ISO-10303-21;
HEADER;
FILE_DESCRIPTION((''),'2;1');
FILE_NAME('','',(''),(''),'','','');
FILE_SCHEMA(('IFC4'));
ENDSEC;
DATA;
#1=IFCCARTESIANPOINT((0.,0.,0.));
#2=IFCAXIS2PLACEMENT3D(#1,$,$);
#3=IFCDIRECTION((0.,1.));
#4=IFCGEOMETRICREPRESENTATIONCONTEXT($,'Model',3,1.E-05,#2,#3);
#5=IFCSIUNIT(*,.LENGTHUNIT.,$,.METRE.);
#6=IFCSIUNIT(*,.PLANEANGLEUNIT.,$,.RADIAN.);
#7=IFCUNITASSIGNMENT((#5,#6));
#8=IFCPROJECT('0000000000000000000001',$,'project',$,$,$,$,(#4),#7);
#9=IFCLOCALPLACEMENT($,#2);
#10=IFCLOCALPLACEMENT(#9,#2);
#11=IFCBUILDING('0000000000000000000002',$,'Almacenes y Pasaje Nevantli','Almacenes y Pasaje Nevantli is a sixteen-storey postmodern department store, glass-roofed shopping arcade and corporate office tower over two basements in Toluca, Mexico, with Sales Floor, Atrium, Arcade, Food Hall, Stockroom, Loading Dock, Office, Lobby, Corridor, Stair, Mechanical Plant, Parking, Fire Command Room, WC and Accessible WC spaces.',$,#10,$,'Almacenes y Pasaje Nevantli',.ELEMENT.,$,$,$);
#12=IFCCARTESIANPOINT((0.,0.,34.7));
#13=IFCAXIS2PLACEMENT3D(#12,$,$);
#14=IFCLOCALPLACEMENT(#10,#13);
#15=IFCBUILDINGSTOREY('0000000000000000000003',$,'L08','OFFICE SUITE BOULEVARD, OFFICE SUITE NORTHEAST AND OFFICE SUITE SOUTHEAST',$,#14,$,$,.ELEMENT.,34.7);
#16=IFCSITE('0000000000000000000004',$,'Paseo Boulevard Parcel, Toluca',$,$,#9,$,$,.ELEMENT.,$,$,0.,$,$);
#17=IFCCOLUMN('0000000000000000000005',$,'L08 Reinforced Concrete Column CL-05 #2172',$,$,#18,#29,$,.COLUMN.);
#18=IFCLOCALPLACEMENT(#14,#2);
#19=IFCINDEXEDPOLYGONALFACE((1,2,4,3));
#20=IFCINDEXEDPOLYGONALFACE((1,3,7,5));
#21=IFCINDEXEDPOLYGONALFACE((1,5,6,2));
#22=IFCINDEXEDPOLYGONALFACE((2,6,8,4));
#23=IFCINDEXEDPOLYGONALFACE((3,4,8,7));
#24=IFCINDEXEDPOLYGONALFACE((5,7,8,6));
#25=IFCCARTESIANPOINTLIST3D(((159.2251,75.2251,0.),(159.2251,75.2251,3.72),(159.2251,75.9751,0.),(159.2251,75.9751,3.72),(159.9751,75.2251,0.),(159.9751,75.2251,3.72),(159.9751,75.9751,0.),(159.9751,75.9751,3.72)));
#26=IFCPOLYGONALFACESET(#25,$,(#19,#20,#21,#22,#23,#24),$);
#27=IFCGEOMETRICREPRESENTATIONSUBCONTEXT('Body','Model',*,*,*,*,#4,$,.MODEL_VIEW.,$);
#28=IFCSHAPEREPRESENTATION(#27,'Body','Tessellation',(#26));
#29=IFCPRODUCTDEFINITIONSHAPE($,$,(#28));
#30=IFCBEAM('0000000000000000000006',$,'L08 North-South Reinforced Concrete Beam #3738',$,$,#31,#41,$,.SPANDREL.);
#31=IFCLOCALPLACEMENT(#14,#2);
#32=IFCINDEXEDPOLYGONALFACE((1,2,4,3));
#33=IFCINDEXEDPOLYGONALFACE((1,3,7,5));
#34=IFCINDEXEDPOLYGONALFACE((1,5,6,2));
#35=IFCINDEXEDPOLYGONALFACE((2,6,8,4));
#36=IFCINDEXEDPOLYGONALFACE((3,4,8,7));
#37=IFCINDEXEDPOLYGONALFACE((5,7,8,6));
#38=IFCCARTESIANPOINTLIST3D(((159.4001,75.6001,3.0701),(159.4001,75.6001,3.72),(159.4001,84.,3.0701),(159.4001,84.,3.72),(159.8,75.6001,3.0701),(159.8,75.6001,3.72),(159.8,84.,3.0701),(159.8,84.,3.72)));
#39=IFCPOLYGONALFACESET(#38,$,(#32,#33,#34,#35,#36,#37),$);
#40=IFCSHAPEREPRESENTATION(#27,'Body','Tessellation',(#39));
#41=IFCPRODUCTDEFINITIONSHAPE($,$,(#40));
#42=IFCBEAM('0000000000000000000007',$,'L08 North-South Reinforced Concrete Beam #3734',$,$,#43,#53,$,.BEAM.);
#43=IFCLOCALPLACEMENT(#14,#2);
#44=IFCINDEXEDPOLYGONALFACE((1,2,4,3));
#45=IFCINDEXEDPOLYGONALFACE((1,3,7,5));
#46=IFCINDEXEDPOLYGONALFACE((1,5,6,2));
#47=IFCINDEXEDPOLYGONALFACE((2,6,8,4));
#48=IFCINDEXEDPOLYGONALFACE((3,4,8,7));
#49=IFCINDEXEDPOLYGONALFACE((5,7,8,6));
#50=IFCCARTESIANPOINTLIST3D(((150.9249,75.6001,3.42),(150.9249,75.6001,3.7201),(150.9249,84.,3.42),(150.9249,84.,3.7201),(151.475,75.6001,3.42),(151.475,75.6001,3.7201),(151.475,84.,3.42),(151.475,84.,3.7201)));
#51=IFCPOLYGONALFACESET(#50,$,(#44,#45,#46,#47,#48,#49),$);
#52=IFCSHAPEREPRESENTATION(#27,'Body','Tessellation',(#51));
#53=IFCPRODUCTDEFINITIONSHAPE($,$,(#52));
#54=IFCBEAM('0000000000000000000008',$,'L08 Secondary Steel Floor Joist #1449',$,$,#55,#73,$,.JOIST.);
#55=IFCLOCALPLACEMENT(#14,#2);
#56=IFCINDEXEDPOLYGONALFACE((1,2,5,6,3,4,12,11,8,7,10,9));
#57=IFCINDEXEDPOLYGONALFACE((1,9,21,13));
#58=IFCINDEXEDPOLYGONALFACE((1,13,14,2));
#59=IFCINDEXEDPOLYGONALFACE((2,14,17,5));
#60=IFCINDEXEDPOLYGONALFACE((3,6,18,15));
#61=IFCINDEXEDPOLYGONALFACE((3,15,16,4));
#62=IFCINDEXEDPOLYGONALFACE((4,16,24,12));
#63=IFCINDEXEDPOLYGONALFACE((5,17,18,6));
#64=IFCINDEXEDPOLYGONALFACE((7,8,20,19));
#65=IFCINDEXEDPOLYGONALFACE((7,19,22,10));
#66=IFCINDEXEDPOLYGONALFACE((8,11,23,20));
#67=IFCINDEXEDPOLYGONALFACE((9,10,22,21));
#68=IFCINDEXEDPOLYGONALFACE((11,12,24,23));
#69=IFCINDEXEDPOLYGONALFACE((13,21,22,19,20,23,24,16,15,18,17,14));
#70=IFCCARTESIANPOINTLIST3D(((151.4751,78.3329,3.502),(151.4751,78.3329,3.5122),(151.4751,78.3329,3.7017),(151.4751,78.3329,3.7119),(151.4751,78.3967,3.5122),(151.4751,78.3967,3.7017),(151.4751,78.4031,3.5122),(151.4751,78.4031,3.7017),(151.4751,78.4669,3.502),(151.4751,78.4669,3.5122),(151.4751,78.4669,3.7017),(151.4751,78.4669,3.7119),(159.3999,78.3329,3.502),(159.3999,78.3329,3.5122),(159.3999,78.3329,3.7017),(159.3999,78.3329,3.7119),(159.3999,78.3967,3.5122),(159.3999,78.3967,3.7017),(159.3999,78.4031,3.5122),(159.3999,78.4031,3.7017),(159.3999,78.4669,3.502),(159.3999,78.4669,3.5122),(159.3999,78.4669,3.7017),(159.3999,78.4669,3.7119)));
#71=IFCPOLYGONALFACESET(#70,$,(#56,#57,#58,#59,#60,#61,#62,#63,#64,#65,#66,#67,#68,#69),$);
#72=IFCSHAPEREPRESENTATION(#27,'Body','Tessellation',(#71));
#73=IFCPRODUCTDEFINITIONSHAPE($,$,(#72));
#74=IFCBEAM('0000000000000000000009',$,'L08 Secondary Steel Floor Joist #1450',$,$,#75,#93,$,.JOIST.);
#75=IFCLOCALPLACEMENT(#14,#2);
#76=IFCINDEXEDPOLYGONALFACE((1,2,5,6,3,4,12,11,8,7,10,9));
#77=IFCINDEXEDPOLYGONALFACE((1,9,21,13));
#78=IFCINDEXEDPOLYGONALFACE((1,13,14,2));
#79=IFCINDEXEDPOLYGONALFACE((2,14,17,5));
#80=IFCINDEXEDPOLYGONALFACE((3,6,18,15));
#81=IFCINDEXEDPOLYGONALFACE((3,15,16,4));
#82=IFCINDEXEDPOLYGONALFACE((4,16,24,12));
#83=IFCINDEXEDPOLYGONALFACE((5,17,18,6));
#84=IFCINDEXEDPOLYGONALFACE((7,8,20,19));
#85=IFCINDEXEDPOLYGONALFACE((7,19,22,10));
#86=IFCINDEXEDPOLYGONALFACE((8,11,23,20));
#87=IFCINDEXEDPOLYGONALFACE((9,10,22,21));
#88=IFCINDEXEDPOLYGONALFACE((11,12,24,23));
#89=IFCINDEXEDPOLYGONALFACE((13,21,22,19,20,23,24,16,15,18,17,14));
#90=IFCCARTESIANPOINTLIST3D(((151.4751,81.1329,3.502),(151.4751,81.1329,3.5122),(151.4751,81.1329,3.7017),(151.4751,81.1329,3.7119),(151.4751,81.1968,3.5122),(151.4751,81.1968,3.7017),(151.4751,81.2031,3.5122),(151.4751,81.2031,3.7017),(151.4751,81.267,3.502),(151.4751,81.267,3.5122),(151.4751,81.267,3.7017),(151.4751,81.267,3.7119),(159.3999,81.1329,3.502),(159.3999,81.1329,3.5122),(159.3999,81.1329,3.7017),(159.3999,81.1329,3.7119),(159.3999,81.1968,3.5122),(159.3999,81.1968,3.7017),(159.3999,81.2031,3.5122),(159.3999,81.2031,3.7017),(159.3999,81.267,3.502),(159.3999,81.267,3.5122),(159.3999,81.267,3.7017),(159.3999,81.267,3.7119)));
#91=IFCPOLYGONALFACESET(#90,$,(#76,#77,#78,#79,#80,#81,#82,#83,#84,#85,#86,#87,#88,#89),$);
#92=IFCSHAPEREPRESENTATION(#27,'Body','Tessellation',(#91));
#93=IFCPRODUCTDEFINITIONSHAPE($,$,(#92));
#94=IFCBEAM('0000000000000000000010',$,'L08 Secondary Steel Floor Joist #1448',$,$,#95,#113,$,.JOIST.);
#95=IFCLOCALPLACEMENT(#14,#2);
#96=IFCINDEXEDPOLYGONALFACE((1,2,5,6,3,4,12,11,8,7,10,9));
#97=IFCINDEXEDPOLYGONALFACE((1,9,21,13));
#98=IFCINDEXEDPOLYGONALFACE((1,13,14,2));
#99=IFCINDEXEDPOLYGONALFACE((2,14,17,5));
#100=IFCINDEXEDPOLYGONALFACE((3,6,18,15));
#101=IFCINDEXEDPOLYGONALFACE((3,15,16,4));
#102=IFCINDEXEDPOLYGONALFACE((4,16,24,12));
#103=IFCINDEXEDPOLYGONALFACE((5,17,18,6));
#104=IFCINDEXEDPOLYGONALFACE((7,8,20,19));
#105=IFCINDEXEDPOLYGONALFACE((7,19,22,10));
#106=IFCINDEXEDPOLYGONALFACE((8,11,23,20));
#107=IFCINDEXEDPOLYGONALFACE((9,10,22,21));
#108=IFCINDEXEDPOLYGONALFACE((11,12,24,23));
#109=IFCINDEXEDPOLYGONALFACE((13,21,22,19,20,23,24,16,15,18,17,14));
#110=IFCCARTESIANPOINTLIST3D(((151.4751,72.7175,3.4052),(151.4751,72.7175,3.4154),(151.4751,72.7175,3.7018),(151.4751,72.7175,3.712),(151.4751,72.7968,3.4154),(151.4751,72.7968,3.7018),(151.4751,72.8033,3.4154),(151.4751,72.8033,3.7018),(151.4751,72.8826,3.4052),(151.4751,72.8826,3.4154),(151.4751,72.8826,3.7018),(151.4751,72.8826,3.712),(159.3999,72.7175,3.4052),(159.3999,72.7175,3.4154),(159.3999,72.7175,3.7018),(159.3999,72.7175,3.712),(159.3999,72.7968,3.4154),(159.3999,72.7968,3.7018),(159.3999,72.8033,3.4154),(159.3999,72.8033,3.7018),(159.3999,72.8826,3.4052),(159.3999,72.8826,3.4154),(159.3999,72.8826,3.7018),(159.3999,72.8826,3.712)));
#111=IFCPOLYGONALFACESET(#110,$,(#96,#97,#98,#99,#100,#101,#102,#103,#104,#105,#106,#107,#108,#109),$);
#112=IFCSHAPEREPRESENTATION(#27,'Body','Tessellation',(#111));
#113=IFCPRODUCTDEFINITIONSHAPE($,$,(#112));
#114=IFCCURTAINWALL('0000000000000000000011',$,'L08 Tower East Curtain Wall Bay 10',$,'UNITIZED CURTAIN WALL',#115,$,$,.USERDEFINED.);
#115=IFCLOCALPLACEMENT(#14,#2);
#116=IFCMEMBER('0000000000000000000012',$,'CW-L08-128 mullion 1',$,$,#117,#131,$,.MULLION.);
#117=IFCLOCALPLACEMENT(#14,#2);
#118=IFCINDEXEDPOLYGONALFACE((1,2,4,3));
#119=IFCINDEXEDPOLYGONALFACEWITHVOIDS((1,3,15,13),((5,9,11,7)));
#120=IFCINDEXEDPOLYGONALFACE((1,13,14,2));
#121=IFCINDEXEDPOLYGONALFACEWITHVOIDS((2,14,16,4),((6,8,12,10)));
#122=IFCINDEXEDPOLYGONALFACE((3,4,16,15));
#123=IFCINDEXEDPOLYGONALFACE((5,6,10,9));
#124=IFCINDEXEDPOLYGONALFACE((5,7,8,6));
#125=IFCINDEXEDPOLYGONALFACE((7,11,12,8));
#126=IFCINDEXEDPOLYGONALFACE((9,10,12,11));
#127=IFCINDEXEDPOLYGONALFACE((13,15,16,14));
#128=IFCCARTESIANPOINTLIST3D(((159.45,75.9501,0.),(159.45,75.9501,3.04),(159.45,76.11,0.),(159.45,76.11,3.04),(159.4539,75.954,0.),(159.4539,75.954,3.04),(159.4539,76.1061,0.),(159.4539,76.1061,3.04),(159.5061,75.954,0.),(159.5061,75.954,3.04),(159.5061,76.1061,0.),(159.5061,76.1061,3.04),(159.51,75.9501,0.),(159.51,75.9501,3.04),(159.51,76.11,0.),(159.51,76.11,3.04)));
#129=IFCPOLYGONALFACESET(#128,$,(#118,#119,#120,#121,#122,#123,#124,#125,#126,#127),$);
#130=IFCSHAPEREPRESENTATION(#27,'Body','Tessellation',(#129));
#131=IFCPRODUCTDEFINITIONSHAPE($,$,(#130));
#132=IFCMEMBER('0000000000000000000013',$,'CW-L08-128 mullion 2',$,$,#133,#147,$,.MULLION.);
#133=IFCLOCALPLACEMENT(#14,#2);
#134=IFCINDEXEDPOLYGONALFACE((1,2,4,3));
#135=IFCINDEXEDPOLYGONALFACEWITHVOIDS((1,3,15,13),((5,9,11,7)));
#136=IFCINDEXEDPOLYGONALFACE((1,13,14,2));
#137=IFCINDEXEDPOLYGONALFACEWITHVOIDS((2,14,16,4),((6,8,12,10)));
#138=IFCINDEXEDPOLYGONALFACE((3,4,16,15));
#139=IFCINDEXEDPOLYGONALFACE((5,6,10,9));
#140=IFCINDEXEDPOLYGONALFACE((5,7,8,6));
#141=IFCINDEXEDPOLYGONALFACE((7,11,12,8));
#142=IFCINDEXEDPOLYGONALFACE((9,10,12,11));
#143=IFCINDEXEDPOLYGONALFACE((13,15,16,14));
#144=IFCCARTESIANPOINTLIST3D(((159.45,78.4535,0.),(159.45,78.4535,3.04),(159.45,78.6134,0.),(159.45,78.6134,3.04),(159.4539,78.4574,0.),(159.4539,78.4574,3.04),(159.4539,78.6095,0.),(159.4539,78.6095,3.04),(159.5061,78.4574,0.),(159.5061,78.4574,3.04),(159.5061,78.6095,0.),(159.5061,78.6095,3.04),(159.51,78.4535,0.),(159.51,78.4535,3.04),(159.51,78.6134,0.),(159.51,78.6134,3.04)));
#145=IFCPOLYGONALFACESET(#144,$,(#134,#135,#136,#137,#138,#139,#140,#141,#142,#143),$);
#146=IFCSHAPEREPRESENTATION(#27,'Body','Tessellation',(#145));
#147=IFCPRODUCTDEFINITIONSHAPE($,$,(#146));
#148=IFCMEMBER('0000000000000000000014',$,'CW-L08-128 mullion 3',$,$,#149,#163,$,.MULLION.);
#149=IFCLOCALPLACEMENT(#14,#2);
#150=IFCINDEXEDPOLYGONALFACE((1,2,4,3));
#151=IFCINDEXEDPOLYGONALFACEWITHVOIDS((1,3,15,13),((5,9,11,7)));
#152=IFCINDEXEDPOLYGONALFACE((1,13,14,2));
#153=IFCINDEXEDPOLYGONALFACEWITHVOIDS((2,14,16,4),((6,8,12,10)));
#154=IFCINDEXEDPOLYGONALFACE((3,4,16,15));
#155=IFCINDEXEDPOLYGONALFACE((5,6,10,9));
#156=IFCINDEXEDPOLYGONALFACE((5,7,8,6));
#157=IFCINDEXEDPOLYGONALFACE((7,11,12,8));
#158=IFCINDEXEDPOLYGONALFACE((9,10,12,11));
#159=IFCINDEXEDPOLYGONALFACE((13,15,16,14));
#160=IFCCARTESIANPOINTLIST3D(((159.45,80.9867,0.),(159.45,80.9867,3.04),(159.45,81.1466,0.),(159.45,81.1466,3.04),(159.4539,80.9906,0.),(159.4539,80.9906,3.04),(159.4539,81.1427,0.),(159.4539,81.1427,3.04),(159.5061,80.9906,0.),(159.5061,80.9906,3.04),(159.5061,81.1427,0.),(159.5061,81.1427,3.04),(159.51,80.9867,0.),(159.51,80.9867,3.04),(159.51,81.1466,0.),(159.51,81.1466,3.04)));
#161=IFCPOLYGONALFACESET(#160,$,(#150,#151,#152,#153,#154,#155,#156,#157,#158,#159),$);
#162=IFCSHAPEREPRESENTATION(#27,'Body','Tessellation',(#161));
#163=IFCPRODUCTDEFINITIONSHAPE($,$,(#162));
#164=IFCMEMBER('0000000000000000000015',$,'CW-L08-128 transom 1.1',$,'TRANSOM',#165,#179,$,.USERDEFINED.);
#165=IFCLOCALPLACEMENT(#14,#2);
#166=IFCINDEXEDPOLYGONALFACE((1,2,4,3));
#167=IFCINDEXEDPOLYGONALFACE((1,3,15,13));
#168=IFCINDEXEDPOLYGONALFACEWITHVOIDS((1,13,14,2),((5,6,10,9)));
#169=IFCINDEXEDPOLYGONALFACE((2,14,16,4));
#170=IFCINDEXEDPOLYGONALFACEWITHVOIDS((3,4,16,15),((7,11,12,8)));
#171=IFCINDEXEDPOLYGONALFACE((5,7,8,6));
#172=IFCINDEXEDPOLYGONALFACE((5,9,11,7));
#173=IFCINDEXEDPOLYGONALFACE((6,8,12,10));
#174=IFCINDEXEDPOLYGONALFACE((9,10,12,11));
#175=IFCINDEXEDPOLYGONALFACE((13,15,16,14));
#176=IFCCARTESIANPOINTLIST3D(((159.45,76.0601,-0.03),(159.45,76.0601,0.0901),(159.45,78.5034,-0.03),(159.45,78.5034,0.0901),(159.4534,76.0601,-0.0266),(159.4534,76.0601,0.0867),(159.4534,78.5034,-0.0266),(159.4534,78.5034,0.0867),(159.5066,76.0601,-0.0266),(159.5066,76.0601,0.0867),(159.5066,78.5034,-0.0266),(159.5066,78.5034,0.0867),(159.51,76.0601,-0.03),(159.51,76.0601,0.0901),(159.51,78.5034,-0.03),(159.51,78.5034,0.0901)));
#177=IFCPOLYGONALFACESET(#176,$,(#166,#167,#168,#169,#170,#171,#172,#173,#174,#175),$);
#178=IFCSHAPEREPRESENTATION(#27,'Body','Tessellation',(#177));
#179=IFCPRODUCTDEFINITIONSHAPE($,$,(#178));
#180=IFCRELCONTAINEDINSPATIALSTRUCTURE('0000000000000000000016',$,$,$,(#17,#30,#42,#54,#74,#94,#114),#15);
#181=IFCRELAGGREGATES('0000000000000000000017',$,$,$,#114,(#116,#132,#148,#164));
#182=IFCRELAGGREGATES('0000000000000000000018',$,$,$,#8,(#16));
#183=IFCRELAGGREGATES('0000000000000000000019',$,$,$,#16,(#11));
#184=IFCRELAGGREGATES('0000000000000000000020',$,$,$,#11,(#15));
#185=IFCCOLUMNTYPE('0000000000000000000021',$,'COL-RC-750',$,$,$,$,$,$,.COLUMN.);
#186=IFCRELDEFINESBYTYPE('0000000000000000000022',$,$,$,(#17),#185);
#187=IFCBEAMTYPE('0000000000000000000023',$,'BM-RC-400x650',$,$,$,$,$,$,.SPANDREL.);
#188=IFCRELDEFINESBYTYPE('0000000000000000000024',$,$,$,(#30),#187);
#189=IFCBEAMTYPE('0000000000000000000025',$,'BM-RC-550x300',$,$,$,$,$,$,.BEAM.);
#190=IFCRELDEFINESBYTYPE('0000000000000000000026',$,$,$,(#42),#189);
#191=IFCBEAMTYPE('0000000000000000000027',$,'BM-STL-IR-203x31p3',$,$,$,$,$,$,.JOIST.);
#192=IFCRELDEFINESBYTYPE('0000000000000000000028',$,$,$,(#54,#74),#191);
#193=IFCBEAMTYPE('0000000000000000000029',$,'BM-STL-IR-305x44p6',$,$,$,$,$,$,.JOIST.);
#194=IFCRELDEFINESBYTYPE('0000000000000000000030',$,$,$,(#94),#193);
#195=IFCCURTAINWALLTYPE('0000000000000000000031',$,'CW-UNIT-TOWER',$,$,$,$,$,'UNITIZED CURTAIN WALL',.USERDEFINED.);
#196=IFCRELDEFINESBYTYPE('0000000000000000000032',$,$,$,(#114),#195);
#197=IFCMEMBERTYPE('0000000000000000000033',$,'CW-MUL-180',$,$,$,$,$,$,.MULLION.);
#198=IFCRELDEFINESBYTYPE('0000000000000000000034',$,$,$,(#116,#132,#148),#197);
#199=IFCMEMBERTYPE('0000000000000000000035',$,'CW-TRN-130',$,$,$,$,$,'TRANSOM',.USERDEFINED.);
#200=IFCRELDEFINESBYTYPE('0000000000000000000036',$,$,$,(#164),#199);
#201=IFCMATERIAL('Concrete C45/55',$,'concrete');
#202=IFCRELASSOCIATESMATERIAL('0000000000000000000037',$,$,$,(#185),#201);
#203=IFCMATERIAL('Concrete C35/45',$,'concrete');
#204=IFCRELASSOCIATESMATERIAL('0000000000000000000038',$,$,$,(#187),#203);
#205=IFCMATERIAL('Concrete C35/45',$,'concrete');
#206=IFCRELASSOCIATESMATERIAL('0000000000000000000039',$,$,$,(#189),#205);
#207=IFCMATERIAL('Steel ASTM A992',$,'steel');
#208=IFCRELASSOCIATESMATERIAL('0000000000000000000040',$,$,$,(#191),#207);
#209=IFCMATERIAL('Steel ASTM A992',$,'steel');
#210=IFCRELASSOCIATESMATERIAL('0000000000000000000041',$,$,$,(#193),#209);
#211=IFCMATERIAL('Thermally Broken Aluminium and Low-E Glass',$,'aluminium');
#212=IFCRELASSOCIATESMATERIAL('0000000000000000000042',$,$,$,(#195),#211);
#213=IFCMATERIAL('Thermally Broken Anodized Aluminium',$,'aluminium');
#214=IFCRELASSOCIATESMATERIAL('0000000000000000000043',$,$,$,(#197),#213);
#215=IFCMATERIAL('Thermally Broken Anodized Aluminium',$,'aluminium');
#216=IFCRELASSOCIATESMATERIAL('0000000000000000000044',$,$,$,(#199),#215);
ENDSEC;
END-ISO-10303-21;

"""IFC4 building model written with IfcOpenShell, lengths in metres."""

from ifc_helpers import new_model, si_unit, direction, frame, origin, origin_2d, place, context, subcontext, project, spatial, rectangle, hollow_rectangle, i_section, extrude, material, material_profile, profile_set, type_object, element, aggregate, save


model = new_model("IFC4")

# Units and contexts
model_context = context("Model", 3, precision=1e-05, world=origin(), true_north=direction((0.0, 1.0)))
body_context = subcontext(model_context, "Body", "Model", "MODEL_VIEW")
ifc_project = project(units=[si_unit("LENGTHUNIT", "METRE"), si_unit("PLANEANGLEUNIT", "RADIAN")], contexts=[model_context])

# Site, building, storey
site_placement = place(None, origin())
site = spatial("IfcSite", under=ifc_project, at=site_placement, Name="Paseo Boulevard Parcel, Toluca", CompositionType="ELEMENT", RefElevation=0.0)
building_placement = place(site_placement, origin())
building = spatial("IfcBuilding", under=site, at=building_placement, Name="Almacenes y Pasaje Nevantli", Description="Almacenes y Pasaje Nevantli is a sixteen-storey postmodern department store, glass-roofed shopping arcade and corporate office tower over two basements in Toluca, Mexico, with Sales Floor, Atrium, Arcade, Food Hall, Stockroom, Loading Dock, Office, Lobby, Corridor, Stair, Mechanical Plant, Parking, Fire Command Room, WC and Accessible WC spaces.", LongName="Almacenes y Pasaje Nevantli", CompositionType="ELEMENT")
storey_placement = place(building_placement, frame((0.0, 0.0, 34.7)))
storey = spatial("IfcBuildingStorey", under=building, at=storey_placement, Name="L08", Description="OFFICE SUITE BOULEVARD, OFFICE SUITE NORTHEAST AND OFFICE SUITE SOUTHEAST", CompositionType="ELEMENT", Elevation=34.7)

# Column
ifc_material_1 = material(Name="Concrete C45/55", Category="concrete")
ifc_material_profile_1 = material_profile(ifc_material_1, rectangle(XDim=0.75, YDim=0.75, at=origin_2d()), Name="RC-COL-750x750")
ifc_profile_set_1 = profile_set([ifc_material_profile_1], Name="Concrete C45/55")
column_type = type_object("IfcColumnType", Name="COL-RC-750", PredefinedType="COLUMN", material=ifc_profile_set_1)
column_placement = place(storey_placement, frame((159.6001, 75.6001, 0.0), z_axis=(0.0, 0.0, 1.0), x_axis=(1.0, 0.0, 0.0)))
element("IfcColumn", 1, at=column_placement, inside=storey, type_object=column_type, Name="L08 Reinforced Concrete Column CL-05 #2172", PredefinedType="COLUMN", context=body_context, shape_type="SweptSolid", body=[
    extrude(rectangle(XDim=0.75, YDim=0.75, at=origin_2d()), origin(), (0.0, 0.0, 1.0), 3.72),
])

# Beams
ifc_material_2 = material(Name="Concrete C35/45", Category="concrete")
ifc_material_profile_2 = material_profile(ifc_material_2, rectangle(XDim=0.3999, YDim=0.6499, at=origin_2d()), Name="RC-BM-400x650")
ifc_profile_set_2 = profile_set([ifc_material_profile_2], Name="Concrete C35/45")
beam_type_1 = type_object("IfcBeamType", Name="BM-RC-400x650", PredefinedType="SPANDREL", material=ifc_profile_set_2)
beam_1_placement = place(storey_placement, frame((159.6001, 75.6001, 3.395), z_axis=(0.0, 1.0, 0.0), x_axis=(-1.0, 0.0, 0.0)))
element("IfcBeam", 2, at=beam_1_placement, inside=storey, type_object=beam_type_1, Name="L08 North-South Reinforced Concrete Beam #3738", PredefinedType="SPANDREL", context=body_context, shape_type="SweptSolid", body=[
    extrude(rectangle(XDim=0.3999, YDim=0.6499, at=origin_2d()), origin(), (0.0, 0.0, 1.0), 8.3999),
])
ifc_material_3 = material(Name="Concrete C35/45", Category="concrete")
ifc_material_profile_3 = material_profile(ifc_material_3, rectangle(XDim=0.55, YDim=0.3, at=origin_2d()), Name="RC-BM-550x300")
ifc_profile_set_3 = profile_set([ifc_material_profile_3], Name="Concrete C35/45")
beam_type_2 = type_object("IfcBeamType", Name="BM-RC-550x300", PredefinedType="BEAM", material=ifc_profile_set_3)
beam_2_placement = place(storey_placement, frame((151.2, 75.6001, 3.5701), z_axis=(0.0, 1.0, 0.0), x_axis=(-1.0, 0.0, 0.0)))
element("IfcBeam", 3, at=beam_2_placement, inside=storey, type_object=beam_type_2, Name="L08 North-South Reinforced Concrete Beam #3734", PredefinedType="BEAM", context=body_context, shape_type="SweptSolid", body=[
    extrude(rectangle(XDim=0.55, YDim=0.3, at=origin_2d()), origin(), (0.0, 0.0, 1.0), 8.3999),
])
ifc_material_4 = material(Name="Steel ASTM A992", Category="steel")
ifc_material_profile_4 = material_profile(ifc_material_4, i_section(OverallWidth=0.134, OverallDepth=0.21, WebThickness=0.0063, FlangeThickness=0.0103, at=origin_2d()), Name="IR 203x31.3")
ifc_profile_set_4 = profile_set([ifc_material_profile_4], Name="Steel ASTM A992")
beam_type_3 = type_object("IfcBeamType", Name="BM-STL-IR-203x31p3", PredefinedType="JOIST", material=ifc_profile_set_4)
for number, where, z_axis, x_axis, name in (
    (4, (151.4751, 78.3999, 3.6069), (1.0, 0.0, 0.0), (0.0, 1.0, 0.0), "L08 Secondary Steel Floor Joist #1449"),
    (5, (151.4751, 81.2, 3.6069), (1.0, 0.0, 0.0), (0.0, 1.0, 0.0), "L08 Secondary Steel Floor Joist #1450"),
):
    element("IfcBeam", number, at=place(storey_placement, frame(where, z_axis=z_axis, x_axis=x_axis)), inside=storey, type_object=beam_type_3, Name=name, PredefinedType="JOIST", context=body_context, shape_type="SweptSolid", body=[
        extrude(i_section(OverallWidth=0.134, OverallDepth=0.21, WebThickness=0.0063, FlangeThickness=0.0103, at=origin_2d()), origin(), (0.0, 0.0, 1.0), 7.9248),
    ])
ifc_material_5 = material(Name="Steel ASTM A992", Category="steel")
ifc_material_profile_5 = material_profile(ifc_material_5, i_section(OverallWidth=0.165, OverallDepth=0.3069, WebThickness=0.0066, FlangeThickness=0.0103, at=origin_2d()), Name="IR 305x44.6")
ifc_profile_set_5 = profile_set([ifc_material_profile_5], Name="Steel ASTM A992")
beam_type_4 = type_object("IfcBeamType", Name="BM-STL-IR-305x44p6", PredefinedType="JOIST", material=ifc_profile_set_5)
beam_3_placement = place(storey_placement, frame((151.4751, 72.8, 3.5586), z_axis=(1.0, 0.0, 0.0), x_axis=(0.0, 1.0, 0.0)))
element("IfcBeam", 6, at=beam_3_placement, inside=storey, type_object=beam_type_4, Name="L08 Secondary Steel Floor Joist #1448", PredefinedType="JOIST", context=body_context, shape_type="SweptSolid", body=[
    extrude(i_section(OverallWidth=0.165, OverallDepth=0.3069, WebThickness=0.0066, FlangeThickness=0.0103, at=origin_2d()), origin(), (0.0, 0.0, 1.0), 7.9248),
])

# Curtain wall, members
ifc_material_6 = material(Name="Thermally Broken Aluminium and Low-E Glass", Category="aluminium")
curtain_wall_type = type_object("IfcCurtainWallType", Name="CW-UNIT-TOWER", ElementType="UNITIZED CURTAIN WALL", PredefinedType="USERDEFINED", material=ifc_material_6)
curtain_wall_placement = place(storey_placement, origin())
curtain_wall = element("IfcCurtainWall", 7, at=curtain_wall_placement, inside=storey, type_object=curtain_wall_type, Name="L08 Tower East Curtain Wall Bay 10", ObjectType="UNITIZED CURTAIN WALL", PredefinedType="USERDEFINED")
ifc_material_7 = material(Name="Thermally Broken Anodized Aluminium", Category="aluminium")
ifc_material_profile_6 = material_profile(ifc_material_7, hollow_rectangle(XDim=0.0601, YDim=0.1599, WallThickness=0.0039, at=origin_2d()), Name="ALU-MUL-60x160")
ifc_profile_set_6 = profile_set([ifc_material_profile_6], Name="Thermally Broken Anodized Aluminium")
member_type_1 = type_object("IfcMemberType", Name="CW-MUL-180", PredefinedType="MULLION", material=ifc_profile_set_6)
member_1_placement = place(storey_placement, frame((159.48, 76.03, 0.0), z_axis=(0.0, 0.0, 1.0), x_axis=(-1.0, 0.0, 0.0)))
member_1 = element("IfcMember", 8, at=member_1_placement, type_object=member_type_1, Name="CW-L08-128 mullion 1", PredefinedType="MULLION", context=body_context, shape_type="SweptSolid", body=[
    extrude(hollow_rectangle(XDim=0.0601, YDim=0.1599, WallThickness=0.0039, at=origin_2d()), origin(), (0.0, 0.0, 1.0), 3.04),
])
member_2_placement = place(storey_placement, frame((159.48, 78.5334, 0.0), z_axis=(0.0, 0.0, 1.0), x_axis=(-1.0, 0.0, 0.0)))
member_2 = element("IfcMember", 9, at=member_2_placement, type_object=member_type_1, Name="CW-L08-128 mullion 2", PredefinedType="MULLION", context=body_context, shape_type="SweptSolid", body=[
    extrude(hollow_rectangle(XDim=0.0601, YDim=0.1599, WallThickness=0.0039, at=origin_2d()), origin(), (0.0, 0.0, 1.0), 3.04),
])
member_3_placement = place(storey_placement, frame((159.48, 81.0667, 0.0), z_axis=(0.0, 0.0, 1.0), x_axis=(-1.0, 0.0, 0.0)))
member_3 = element("IfcMember", 10, at=member_3_placement, type_object=member_type_1, Name="CW-L08-128 mullion 3", PredefinedType="MULLION", context=body_context, shape_type="SweptSolid", body=[
    extrude(hollow_rectangle(XDim=0.0601, YDim=0.1599, WallThickness=0.0039, at=origin_2d()), origin(), (0.0, 0.0, 1.0), 3.04),
])
ifc_material_8 = material(Name="Thermally Broken Anodized Aluminium", Category="aluminium")
ifc_material_profile_7 = material_profile(ifc_material_8, hollow_rectangle(XDim=0.0601, YDim=0.1201, WallThickness=0.0034, at=origin_2d()), Name="ALU-TRN-60x120")
ifc_profile_set_7 = profile_set([ifc_material_profile_7], Name="Thermally Broken Anodized Aluminium")
member_type_2 = type_object("IfcMemberType", Name="CW-TRN-130", ElementType="TRANSOM", PredefinedType="USERDEFINED", material=ifc_profile_set_7)
member_4_placement = place(storey_placement, frame((159.48, 76.0601, 0.03), z_axis=(0.0, 1.0, 0.0), x_axis=(-1.0, 0.0, 0.0)))
member_4 = element("IfcMember", 11, at=member_4_placement, type_object=member_type_2, Name="CW-L08-128 transom 1.1", ObjectType="TRANSOM", PredefinedType="USERDEFINED", context=body_context, shape_type="SweptSolid", body=[
    extrude(hollow_rectangle(XDim=0.0601, YDim=0.1201, WallThickness=0.0034, at=origin_2d()), origin(), (0.0, 0.0, 1.0), 2.4434),
])
aggregate(curtain_wall, [member_1, member_2, member_3, member_4])

save(model, "model.ifc")
